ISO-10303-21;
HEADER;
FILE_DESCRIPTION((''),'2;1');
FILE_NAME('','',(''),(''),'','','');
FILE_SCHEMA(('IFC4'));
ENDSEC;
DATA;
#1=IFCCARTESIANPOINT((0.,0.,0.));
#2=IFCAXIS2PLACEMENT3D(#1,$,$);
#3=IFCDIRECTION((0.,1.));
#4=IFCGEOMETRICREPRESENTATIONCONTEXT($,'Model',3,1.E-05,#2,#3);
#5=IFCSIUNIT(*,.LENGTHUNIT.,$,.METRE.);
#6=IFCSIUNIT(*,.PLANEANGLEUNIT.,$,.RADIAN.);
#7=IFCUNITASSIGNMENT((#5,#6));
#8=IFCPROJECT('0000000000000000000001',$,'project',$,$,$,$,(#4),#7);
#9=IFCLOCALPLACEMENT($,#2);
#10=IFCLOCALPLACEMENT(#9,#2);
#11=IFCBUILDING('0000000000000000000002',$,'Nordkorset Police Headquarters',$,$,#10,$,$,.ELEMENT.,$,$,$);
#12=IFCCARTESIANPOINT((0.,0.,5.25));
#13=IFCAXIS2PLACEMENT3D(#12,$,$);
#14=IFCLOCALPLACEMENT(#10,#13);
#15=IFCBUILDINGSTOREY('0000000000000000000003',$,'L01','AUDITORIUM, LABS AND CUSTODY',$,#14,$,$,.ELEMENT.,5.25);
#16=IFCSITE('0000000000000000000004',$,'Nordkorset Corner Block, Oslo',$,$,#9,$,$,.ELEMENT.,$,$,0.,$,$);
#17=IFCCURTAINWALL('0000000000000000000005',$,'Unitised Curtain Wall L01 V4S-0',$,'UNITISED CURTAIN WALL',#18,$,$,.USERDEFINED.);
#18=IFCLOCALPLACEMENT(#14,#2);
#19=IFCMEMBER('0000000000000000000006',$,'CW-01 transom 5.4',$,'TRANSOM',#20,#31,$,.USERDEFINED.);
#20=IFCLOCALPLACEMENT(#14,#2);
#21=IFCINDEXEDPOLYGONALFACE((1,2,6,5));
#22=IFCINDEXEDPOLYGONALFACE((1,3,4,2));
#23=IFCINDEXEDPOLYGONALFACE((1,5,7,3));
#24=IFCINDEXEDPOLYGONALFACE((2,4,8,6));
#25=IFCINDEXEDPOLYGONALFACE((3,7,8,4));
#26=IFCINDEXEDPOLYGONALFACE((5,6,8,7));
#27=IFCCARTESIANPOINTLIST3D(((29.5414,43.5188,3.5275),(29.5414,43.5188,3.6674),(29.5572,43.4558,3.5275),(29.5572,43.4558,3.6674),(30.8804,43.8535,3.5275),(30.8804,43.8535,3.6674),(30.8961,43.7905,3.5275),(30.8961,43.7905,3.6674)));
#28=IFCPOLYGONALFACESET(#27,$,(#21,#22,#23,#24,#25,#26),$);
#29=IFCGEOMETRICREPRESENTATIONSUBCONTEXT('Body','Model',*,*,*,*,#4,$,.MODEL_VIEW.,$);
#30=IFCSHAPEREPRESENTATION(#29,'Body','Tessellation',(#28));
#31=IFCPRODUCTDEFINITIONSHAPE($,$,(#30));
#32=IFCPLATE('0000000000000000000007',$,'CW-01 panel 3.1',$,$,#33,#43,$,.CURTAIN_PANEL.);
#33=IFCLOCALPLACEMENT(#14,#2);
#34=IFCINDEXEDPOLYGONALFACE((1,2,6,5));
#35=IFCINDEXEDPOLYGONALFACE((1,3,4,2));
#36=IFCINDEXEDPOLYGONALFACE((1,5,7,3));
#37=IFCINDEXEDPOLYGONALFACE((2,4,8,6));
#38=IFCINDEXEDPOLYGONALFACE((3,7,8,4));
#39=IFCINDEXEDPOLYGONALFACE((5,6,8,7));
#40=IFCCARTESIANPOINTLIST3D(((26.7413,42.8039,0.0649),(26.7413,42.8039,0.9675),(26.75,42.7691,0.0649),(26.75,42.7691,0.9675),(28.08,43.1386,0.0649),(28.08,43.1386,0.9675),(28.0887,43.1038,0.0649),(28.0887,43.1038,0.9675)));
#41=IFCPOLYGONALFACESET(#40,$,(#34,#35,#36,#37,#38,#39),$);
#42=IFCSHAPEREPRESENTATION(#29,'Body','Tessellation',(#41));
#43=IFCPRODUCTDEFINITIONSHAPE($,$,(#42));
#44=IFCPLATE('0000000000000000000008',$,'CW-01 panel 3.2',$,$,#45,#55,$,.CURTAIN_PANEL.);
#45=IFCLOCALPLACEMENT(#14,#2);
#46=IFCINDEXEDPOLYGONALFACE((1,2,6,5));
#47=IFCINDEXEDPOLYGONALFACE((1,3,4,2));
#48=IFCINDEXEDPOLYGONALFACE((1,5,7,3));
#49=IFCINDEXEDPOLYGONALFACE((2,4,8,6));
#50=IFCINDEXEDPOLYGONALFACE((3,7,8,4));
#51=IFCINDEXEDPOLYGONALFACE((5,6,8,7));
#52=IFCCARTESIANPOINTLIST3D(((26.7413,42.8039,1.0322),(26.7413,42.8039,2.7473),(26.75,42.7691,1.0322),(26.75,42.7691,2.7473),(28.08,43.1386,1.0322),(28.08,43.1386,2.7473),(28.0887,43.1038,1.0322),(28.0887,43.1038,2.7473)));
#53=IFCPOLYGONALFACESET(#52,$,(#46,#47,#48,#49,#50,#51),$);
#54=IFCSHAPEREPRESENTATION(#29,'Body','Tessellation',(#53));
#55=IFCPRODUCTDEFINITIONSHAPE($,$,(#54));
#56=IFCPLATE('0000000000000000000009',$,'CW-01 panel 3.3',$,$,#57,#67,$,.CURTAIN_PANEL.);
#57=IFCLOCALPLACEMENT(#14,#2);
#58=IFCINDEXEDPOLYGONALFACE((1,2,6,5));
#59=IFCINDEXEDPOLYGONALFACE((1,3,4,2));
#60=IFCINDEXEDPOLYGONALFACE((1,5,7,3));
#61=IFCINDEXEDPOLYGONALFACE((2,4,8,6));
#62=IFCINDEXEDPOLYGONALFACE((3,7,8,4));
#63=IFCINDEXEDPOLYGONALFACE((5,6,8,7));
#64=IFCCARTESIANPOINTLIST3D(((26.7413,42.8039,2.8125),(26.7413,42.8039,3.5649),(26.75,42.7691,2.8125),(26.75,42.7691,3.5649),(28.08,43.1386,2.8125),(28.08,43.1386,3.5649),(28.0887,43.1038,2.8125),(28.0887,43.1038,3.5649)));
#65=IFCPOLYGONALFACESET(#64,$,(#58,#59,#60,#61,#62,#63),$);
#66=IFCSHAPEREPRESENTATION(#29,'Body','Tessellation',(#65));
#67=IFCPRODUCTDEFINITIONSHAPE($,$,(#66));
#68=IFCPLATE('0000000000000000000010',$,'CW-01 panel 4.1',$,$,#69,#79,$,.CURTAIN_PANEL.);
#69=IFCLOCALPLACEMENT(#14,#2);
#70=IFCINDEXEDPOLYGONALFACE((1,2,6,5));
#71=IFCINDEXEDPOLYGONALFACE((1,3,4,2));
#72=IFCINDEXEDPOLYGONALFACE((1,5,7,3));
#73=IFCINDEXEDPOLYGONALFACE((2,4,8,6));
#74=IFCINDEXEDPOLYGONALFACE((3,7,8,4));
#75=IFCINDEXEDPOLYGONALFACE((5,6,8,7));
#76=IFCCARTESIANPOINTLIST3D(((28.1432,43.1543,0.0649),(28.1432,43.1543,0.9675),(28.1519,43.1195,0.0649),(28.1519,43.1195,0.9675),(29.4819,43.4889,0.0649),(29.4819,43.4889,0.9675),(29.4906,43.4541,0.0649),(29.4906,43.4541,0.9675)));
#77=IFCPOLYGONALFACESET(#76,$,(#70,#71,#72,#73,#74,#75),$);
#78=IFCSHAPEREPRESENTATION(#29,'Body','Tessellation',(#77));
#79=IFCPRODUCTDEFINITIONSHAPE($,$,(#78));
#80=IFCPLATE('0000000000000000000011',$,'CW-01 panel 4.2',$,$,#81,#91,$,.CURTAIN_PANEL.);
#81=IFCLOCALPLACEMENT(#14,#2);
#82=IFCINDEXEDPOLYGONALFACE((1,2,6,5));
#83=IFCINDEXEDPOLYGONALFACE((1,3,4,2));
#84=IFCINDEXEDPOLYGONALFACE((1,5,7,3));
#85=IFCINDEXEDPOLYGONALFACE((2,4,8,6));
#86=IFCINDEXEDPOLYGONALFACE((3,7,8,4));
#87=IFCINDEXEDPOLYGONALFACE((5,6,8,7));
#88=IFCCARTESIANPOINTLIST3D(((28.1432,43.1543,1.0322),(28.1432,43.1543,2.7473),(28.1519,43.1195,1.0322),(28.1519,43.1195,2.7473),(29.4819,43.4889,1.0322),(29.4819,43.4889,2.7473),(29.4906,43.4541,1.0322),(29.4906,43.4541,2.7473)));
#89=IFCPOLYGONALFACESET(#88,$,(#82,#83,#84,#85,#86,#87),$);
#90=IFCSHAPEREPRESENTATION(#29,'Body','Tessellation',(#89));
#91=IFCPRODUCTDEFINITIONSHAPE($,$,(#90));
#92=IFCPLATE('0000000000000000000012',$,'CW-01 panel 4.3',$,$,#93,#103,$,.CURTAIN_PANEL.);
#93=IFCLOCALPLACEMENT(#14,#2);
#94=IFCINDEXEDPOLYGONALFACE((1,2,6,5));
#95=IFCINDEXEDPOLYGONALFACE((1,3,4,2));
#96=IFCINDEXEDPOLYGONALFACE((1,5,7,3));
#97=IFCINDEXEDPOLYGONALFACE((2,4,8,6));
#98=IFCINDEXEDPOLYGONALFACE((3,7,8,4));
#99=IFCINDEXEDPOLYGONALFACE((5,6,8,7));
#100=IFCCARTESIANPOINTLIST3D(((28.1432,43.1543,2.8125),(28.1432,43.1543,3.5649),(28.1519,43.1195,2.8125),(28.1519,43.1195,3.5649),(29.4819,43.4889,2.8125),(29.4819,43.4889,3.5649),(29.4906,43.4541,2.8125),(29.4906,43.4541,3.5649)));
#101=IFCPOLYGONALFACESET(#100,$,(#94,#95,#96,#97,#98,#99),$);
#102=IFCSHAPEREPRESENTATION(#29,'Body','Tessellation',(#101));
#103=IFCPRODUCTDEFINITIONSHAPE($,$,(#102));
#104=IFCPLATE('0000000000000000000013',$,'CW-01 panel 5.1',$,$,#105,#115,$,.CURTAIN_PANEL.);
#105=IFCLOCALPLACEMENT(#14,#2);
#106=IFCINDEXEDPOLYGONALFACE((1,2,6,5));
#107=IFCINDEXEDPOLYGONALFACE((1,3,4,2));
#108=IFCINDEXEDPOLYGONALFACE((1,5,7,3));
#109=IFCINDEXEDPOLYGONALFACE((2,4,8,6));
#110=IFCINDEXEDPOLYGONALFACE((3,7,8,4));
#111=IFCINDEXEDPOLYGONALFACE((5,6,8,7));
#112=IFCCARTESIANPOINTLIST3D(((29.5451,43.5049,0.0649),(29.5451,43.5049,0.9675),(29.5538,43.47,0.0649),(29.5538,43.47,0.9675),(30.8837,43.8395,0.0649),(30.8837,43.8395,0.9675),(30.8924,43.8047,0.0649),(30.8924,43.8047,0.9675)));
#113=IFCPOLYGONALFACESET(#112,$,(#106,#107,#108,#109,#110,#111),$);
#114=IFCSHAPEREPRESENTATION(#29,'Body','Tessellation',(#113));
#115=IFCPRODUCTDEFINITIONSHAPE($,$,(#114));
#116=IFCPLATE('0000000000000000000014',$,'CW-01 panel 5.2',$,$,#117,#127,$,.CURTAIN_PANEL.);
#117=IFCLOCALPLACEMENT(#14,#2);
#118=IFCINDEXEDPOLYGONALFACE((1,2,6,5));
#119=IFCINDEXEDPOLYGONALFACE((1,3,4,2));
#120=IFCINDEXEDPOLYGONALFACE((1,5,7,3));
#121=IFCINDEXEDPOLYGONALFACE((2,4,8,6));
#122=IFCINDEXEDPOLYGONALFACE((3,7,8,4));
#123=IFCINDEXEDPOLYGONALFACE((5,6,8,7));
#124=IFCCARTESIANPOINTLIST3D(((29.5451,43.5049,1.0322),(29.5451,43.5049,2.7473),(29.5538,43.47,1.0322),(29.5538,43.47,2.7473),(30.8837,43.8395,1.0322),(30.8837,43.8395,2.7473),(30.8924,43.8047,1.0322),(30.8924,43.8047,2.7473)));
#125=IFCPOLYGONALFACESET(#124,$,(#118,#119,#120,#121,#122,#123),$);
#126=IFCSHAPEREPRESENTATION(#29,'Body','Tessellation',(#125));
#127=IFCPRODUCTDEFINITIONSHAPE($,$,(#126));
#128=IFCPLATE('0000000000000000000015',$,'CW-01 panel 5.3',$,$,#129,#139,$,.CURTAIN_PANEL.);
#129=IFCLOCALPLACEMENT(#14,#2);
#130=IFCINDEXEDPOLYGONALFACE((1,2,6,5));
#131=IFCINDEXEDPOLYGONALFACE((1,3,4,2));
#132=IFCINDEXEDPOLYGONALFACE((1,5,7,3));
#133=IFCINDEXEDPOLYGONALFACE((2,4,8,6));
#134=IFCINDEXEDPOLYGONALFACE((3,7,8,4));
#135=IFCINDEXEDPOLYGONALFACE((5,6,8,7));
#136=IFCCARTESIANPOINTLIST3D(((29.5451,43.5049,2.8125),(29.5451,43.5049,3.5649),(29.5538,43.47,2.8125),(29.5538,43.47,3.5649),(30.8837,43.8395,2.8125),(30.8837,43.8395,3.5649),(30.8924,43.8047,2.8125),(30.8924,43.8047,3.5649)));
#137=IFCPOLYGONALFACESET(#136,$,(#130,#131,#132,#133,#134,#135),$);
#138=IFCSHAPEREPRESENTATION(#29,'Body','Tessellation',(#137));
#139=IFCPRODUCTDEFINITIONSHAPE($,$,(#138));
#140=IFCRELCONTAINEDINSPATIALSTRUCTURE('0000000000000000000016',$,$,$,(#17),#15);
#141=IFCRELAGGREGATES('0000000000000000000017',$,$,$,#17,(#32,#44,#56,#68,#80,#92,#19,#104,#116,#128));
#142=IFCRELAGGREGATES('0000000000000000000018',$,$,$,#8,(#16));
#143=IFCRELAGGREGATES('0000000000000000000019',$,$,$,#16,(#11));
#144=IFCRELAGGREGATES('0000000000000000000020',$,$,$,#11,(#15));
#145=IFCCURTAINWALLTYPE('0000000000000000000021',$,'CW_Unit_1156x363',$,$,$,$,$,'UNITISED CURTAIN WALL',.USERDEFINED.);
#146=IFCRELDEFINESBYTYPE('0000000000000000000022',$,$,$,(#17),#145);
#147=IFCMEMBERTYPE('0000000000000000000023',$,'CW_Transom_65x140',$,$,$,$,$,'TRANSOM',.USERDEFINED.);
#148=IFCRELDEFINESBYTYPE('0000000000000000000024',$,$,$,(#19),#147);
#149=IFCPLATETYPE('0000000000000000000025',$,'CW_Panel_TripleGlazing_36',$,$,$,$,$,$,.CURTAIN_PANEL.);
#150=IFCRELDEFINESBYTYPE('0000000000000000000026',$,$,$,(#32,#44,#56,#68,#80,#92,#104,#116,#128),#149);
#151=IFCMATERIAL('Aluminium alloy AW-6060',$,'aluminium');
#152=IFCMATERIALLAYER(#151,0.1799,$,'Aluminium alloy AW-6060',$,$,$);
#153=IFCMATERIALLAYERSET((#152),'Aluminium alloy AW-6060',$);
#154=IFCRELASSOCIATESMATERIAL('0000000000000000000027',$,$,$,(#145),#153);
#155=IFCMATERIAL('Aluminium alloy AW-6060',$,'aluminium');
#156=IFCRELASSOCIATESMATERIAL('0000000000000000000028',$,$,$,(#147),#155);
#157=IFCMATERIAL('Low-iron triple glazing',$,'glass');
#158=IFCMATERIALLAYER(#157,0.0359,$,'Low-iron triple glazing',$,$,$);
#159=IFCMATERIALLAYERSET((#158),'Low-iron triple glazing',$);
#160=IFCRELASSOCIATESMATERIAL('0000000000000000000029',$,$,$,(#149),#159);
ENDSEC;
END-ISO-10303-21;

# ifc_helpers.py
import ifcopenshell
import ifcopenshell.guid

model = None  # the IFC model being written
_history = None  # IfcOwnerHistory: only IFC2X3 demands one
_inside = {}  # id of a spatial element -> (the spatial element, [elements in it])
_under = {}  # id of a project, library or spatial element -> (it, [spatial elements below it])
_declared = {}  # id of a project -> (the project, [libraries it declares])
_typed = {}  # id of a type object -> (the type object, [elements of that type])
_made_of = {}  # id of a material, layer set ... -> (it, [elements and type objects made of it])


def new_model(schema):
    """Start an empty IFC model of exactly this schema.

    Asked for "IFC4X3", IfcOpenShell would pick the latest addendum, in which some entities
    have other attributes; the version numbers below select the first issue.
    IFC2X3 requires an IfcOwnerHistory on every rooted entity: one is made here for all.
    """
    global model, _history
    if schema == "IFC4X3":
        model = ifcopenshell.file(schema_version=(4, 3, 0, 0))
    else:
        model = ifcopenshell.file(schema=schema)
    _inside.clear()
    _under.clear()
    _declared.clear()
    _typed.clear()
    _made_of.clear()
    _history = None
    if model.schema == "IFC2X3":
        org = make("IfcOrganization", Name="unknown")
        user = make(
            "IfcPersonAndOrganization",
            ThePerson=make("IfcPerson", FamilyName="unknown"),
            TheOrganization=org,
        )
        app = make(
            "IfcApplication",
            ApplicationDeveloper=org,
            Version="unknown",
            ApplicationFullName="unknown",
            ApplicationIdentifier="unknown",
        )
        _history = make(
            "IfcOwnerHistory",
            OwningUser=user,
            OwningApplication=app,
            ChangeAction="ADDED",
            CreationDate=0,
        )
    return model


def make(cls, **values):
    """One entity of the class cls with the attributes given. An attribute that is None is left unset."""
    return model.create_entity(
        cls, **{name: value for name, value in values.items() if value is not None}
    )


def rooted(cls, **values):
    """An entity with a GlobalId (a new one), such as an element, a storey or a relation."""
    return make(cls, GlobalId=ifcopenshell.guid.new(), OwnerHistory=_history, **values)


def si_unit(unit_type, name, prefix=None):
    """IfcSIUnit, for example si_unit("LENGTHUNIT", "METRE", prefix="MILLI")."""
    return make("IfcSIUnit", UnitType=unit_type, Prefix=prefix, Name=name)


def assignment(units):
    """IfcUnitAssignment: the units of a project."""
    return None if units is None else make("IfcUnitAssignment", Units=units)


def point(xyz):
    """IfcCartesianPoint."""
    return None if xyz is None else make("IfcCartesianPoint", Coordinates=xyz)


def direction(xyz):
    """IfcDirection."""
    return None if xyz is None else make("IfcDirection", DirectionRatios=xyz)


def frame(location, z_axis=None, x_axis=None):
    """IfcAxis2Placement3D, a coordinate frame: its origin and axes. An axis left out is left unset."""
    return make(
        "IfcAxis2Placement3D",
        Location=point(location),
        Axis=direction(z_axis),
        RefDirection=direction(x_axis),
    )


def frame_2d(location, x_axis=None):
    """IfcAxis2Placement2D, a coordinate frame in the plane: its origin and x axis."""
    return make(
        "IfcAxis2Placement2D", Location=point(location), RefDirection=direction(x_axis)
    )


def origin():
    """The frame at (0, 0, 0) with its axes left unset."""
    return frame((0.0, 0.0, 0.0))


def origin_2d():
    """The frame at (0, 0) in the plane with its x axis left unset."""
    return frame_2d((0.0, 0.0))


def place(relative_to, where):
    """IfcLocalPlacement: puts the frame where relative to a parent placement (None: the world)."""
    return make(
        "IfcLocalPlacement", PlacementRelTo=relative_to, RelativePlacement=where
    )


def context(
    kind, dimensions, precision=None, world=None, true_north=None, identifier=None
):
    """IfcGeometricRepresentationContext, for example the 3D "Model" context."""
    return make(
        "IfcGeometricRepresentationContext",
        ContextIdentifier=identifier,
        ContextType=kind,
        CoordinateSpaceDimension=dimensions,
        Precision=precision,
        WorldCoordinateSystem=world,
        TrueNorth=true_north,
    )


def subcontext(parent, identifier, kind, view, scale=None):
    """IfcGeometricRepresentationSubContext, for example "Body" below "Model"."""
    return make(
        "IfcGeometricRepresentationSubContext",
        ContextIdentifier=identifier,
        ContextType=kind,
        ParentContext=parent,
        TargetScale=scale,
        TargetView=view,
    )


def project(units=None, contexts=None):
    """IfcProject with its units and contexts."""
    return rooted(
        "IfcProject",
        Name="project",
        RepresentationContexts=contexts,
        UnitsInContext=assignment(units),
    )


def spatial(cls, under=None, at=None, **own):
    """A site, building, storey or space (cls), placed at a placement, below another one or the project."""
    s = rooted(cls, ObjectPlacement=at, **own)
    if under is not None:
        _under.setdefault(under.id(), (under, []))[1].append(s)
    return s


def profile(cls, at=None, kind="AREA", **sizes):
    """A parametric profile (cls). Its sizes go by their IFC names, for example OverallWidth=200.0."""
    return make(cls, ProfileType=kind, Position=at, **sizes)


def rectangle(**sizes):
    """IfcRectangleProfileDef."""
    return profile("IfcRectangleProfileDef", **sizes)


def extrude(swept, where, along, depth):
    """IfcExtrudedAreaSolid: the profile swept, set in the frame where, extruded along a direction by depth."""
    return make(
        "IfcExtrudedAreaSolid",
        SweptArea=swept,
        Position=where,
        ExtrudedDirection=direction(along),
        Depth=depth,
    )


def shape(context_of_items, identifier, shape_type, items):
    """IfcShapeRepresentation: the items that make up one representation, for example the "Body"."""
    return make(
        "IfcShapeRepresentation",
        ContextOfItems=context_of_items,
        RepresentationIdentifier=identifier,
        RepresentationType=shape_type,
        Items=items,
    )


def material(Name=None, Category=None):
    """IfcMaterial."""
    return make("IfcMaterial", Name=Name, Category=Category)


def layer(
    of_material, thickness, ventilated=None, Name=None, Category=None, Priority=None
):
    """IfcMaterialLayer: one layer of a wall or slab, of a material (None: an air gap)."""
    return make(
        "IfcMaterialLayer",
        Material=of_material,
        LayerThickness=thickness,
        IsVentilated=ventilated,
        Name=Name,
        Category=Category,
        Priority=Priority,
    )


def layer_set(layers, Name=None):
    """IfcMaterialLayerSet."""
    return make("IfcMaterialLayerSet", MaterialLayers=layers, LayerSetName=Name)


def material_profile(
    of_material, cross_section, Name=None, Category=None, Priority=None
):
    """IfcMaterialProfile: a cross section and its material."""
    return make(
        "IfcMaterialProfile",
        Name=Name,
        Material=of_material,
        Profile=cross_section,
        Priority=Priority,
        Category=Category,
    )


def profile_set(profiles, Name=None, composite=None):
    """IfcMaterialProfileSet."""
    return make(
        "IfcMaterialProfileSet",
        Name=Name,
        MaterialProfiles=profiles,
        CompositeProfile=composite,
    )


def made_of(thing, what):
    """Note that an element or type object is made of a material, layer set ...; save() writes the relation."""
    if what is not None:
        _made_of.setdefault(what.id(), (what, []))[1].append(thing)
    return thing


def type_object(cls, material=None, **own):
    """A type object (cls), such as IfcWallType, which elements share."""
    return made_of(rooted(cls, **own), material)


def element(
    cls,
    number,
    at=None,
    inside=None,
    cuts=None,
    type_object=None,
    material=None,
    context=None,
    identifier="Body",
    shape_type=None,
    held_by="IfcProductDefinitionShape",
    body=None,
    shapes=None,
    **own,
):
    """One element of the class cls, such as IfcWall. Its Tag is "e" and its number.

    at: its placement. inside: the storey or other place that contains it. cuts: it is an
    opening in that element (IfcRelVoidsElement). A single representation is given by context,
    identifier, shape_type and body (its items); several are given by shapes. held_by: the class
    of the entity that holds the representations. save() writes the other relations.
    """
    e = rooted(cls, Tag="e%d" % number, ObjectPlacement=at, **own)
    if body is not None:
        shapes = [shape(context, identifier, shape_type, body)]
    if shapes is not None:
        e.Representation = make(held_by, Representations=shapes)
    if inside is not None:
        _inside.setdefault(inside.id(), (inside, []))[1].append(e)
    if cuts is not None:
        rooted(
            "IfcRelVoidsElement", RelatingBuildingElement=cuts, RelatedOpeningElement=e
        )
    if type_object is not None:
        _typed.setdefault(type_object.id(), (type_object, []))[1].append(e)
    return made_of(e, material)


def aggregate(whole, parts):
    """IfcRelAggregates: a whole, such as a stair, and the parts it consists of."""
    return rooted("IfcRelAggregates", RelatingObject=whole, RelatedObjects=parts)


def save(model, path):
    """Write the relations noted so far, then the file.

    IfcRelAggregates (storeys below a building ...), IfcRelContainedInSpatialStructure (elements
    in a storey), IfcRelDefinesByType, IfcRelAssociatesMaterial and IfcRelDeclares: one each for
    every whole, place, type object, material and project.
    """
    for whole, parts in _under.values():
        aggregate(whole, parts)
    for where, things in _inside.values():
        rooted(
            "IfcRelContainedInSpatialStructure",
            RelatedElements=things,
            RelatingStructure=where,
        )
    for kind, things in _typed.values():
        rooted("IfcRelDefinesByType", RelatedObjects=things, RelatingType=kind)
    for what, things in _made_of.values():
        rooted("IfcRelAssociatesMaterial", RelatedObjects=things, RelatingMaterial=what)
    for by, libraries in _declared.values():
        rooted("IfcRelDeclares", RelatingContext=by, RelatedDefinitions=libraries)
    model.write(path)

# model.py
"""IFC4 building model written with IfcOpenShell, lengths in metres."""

from ifc_helpers import new_model, si_unit, direction, frame, origin, origin_2d, place, context, subcontext, project, spatial, rectangle, extrude, material, layer, layer_set, material_profile, profile_set, type_object, element, aggregate, save


model = new_model("IFC4")

# Units and contexts
model_context = context("Model", 3, precision=1e-05, world=origin(), true_north=direction((0.0, 1.0)))
body_context = subcontext(model_context, "Body", "Model", "MODEL_VIEW")
ifc_project = project(units=[si_unit("LENGTHUNIT", "METRE"), si_unit("PLANEANGLEUNIT", "RADIAN")], contexts=[model_context])

# Site, building, storey
site_placement = place(None, origin())
site = spatial("IfcSite", under=ifc_project, at=site_placement, Name="Nordkorset Corner Block, Oslo", CompositionType="ELEMENT", RefElevation=0.0)
building_placement = place(site_placement, origin())
building = spatial("IfcBuilding", under=site, at=building_placement, Name="Nordkorset Police Headquarters", CompositionType="ELEMENT")
storey_placement = place(building_placement, frame((0.0, 0.0, 5.25)))
storey = spatial("IfcBuildingStorey", under=building, at=storey_placement, Name="L01", Description="AUDITORIUM, LABS AND CUSTODY", CompositionType="ELEMENT", Elevation=5.25)

# Curtain wall, member, plates
ifc_material_1 = material(Name="Aluminium alloy AW-6060", Category="aluminium")
ifc_layer_1 = layer(ifc_material_1, 0.1799, Name="Aluminium alloy AW-6060")
ifc_layer_set_1 = layer_set([ifc_layer_1], Name="Aluminium alloy AW-6060")
curtain_wall_type = type_object("IfcCurtainWallType", Name="CW_Unit_1156x363", ElementType="UNITISED CURTAIN WALL", PredefinedType="USERDEFINED", material=ifc_layer_set_1)
curtain_wall_placement = place(storey_placement, origin())
curtain_wall = element("IfcCurtainWall", 1, at=curtain_wall_placement, inside=storey, type_object=curtain_wall_type, Name="Unitised Curtain Wall L01 V4S-0", ObjectType="UNITISED CURTAIN WALL", PredefinedType="USERDEFINED")
ifc_material_2 = material(Name="Aluminium alloy AW-6060", Category="aluminium")
ifc_material_profile_1 = material_profile(ifc_material_2, rectangle(XDim=0.0649, YDim=0.1399, at=origin_2d()), Name="ALU TRAN 65x140")
ifc_profile_set_1 = profile_set([ifc_material_profile_1], Name="Aluminium alloy AW-6060")
member_type_1 = type_object("IfcMemberType", Name="CW_Transom_65x140", ElementType="TRANSOM", PredefinedType="USERDEFINED", material=ifc_profile_set_1)
member_1_placement = place(storey_placement, frame((29.5493, 43.4873, 3.5974), z_axis=(0.970143, 0.242536, 0.0), x_axis=(-0.242536, 0.970143, 0.0)))
member_1 = element("IfcMember", 2, at=member_1_placement, type_object=member_type_1, Name="CW-01 transom 5.4", ObjectType="TRANSOM", PredefinedType="USERDEFINED", context=body_context, shape_type="SweptSolid", body=[
    extrude(rectangle(XDim=0.0649, YDim=0.1399, at=origin_2d()), origin(), (0.0, 0.0, 1.0), 1.3801),
])
ifc_material_3 = material(Name="Low-iron triple glazing", Category="glass")
ifc_layer_2 = layer(ifc_material_3, 0.0359, Name="Low-iron triple glazing")
ifc_layer_set_2 = layer_set([ifc_layer_2], Name="Low-iron triple glazing")
plate_type = type_object("IfcPlateType", Name="CW_Panel_TripleGlazing_36", PredefinedType="CURTAIN_PANEL", material=ifc_layer_set_2)
plate_1_placement = place(storey_placement, frame((27.415, 42.9539, 0.0649), z_axis=(0.0, 0.0, 1.0), x_axis=(0.970143, 0.242536, 0.0)))
plate_1 = element("IfcPlate", 3, at=plate_1_placement, type_object=plate_type, Name="CW-01 panel 3.1", PredefinedType="CURTAIN_PANEL", context=body_context, shape_type="SweptSolid", body=[
    extrude(rectangle(XDim=1.3799, YDim=0.0359, at=origin_2d()), origin(), (0.0, 0.0, 1.0), 0.9026),
])
plate_2_placement = place(storey_placement, frame((27.415, 42.9539, 1.0322), z_axis=(0.0, 0.0, 1.0), x_axis=(0.970143, 0.242536, 0.0)))
plate_2 = element("IfcPlate", 4, at=plate_2_placement, type_object=plate_type, Name="CW-01 panel 3.2", PredefinedType="CURTAIN_PANEL", context=body_context, shape_type="SweptSolid", body=[
    extrude(rectangle(XDim=1.3799, YDim=0.0359, at=origin_2d()), origin(), (0.0, 0.0, 1.0), 1.7151),
])
plate_3_placement = place(storey_placement, frame((27.415, 42.9539, 2.8125), z_axis=(0.0, 0.0, 1.0), x_axis=(0.970143, 0.242536, 0.0)))
plate_3 = element("IfcPlate", 5, at=plate_3_placement, type_object=plate_type, Name="CW-01 panel 3.3", PredefinedType="CURTAIN_PANEL", context=body_context, shape_type="SweptSolid", body=[
    extrude(rectangle(XDim=1.3799, YDim=0.0359, at=origin_2d()), origin(), (0.0, 0.0, 1.0), 0.7524),
])
plate_4_placement = place(storey_placement, frame((28.8169, 43.3042, 0.0649), z_axis=(0.0, 0.0, 1.0), x_axis=(0.970143, 0.242536, 0.0)))
plate_4 = element("IfcPlate", 6, at=plate_4_placement, type_object=plate_type, Name="CW-01 panel 4.1", PredefinedType="CURTAIN_PANEL", context=body_context, shape_type="SweptSolid", body=[
    extrude(rectangle(XDim=1.3799, YDim=0.0359, at=origin_2d()), origin(), (0.0, 0.0, 1.0), 0.9026),
])
plate_5_placement = place(storey_placement, frame((28.8169, 43.3042, 1.0322), z_axis=(0.0, 0.0, 1.0), x_axis=(0.970143, 0.242536, 0.0)))
plate_5 = element("IfcPlate", 7, at=plate_5_placement, type_object=plate_type, Name="CW-01 panel 4.2", PredefinedType="CURTAIN_PANEL", context=body_context, shape_type="SweptSolid", body=[
    extrude(rectangle(XDim=1.3799, YDim=0.0359, at=origin_2d()), origin(), (0.0, 0.0, 1.0), 1.7151),
])
plate_6_placement = place(storey_placement, frame((28.8169, 43.3042, 2.8125), z_axis=(0.0, 0.0, 1.0), x_axis=(0.970143, 0.242536, 0.0)))
plate_6 = element("IfcPlate", 8, at=plate_6_placement, type_object=plate_type, Name="CW-01 panel 4.3", PredefinedType="CURTAIN_PANEL", context=body_context, shape_type="SweptSolid", body=[
    extrude(rectangle(XDim=1.3799, YDim=0.0359, at=origin_2d()), origin(), (0.0, 0.0, 1.0), 0.7524),
])
plate_7_placement = place(storey_placement, frame((30.2188, 43.6548, 0.0649), z_axis=(0.0, 0.0, 1.0), x_axis=(0.970143, 0.242536, 0.0)))
plate_7 = element("IfcPlate", 9, at=plate_7_placement, type_object=plate_type, Name="CW-01 panel 5.1", PredefinedType="CURTAIN_PANEL", context=body_context, shape_type="SweptSolid", body=[
    extrude(rectangle(XDim=1.3799, YDim=0.0359, at=origin_2d()), origin(), (0.0, 0.0, 1.0), 0.9026),
])
plate_8_placement = place(storey_placement, frame((30.2188, 43.6548, 1.0322), z_axis=(0.0, 0.0, 1.0), x_axis=(0.970143, 0.242536, 0.0)))
plate_8 = element("IfcPlate", 10, at=plate_8_placement, type_object=plate_type, Name="CW-01 panel 5.2", PredefinedType="CURTAIN_PANEL", context=body_context, shape_type="SweptSolid", body=[
    extrude(rectangle(XDim=1.3799, YDim=0.0359, at=origin_2d()), origin(), (0.0, 0.0, 1.0), 1.7151),
])
plate_9_placement = place(storey_placement, frame((30.2188, 43.6548, 2.8125), z_axis=(0.0, 0.0, 1.0), x_axis=(0.970143, 0.242536, 0.0)))
plate_9 = element("IfcPlate", 11, at=plate_9_placement, type_object=plate_type, Name="CW-01 panel 5.3", PredefinedType="CURTAIN_PANEL", context=body_context, shape_type="SweptSolid", body=[
    extrude(rectangle(XDim=1.3799, YDim=0.0359, at=origin_2d()), origin(), (0.0, 0.0, 1.0), 0.7524),
])
aggregate(curtain_wall, [plate_1, plate_2, plate_3, plate_4, plate_5, plate_6, member_1, plate_7, plate_8, plate_9])

save(model, "model.ifc")
